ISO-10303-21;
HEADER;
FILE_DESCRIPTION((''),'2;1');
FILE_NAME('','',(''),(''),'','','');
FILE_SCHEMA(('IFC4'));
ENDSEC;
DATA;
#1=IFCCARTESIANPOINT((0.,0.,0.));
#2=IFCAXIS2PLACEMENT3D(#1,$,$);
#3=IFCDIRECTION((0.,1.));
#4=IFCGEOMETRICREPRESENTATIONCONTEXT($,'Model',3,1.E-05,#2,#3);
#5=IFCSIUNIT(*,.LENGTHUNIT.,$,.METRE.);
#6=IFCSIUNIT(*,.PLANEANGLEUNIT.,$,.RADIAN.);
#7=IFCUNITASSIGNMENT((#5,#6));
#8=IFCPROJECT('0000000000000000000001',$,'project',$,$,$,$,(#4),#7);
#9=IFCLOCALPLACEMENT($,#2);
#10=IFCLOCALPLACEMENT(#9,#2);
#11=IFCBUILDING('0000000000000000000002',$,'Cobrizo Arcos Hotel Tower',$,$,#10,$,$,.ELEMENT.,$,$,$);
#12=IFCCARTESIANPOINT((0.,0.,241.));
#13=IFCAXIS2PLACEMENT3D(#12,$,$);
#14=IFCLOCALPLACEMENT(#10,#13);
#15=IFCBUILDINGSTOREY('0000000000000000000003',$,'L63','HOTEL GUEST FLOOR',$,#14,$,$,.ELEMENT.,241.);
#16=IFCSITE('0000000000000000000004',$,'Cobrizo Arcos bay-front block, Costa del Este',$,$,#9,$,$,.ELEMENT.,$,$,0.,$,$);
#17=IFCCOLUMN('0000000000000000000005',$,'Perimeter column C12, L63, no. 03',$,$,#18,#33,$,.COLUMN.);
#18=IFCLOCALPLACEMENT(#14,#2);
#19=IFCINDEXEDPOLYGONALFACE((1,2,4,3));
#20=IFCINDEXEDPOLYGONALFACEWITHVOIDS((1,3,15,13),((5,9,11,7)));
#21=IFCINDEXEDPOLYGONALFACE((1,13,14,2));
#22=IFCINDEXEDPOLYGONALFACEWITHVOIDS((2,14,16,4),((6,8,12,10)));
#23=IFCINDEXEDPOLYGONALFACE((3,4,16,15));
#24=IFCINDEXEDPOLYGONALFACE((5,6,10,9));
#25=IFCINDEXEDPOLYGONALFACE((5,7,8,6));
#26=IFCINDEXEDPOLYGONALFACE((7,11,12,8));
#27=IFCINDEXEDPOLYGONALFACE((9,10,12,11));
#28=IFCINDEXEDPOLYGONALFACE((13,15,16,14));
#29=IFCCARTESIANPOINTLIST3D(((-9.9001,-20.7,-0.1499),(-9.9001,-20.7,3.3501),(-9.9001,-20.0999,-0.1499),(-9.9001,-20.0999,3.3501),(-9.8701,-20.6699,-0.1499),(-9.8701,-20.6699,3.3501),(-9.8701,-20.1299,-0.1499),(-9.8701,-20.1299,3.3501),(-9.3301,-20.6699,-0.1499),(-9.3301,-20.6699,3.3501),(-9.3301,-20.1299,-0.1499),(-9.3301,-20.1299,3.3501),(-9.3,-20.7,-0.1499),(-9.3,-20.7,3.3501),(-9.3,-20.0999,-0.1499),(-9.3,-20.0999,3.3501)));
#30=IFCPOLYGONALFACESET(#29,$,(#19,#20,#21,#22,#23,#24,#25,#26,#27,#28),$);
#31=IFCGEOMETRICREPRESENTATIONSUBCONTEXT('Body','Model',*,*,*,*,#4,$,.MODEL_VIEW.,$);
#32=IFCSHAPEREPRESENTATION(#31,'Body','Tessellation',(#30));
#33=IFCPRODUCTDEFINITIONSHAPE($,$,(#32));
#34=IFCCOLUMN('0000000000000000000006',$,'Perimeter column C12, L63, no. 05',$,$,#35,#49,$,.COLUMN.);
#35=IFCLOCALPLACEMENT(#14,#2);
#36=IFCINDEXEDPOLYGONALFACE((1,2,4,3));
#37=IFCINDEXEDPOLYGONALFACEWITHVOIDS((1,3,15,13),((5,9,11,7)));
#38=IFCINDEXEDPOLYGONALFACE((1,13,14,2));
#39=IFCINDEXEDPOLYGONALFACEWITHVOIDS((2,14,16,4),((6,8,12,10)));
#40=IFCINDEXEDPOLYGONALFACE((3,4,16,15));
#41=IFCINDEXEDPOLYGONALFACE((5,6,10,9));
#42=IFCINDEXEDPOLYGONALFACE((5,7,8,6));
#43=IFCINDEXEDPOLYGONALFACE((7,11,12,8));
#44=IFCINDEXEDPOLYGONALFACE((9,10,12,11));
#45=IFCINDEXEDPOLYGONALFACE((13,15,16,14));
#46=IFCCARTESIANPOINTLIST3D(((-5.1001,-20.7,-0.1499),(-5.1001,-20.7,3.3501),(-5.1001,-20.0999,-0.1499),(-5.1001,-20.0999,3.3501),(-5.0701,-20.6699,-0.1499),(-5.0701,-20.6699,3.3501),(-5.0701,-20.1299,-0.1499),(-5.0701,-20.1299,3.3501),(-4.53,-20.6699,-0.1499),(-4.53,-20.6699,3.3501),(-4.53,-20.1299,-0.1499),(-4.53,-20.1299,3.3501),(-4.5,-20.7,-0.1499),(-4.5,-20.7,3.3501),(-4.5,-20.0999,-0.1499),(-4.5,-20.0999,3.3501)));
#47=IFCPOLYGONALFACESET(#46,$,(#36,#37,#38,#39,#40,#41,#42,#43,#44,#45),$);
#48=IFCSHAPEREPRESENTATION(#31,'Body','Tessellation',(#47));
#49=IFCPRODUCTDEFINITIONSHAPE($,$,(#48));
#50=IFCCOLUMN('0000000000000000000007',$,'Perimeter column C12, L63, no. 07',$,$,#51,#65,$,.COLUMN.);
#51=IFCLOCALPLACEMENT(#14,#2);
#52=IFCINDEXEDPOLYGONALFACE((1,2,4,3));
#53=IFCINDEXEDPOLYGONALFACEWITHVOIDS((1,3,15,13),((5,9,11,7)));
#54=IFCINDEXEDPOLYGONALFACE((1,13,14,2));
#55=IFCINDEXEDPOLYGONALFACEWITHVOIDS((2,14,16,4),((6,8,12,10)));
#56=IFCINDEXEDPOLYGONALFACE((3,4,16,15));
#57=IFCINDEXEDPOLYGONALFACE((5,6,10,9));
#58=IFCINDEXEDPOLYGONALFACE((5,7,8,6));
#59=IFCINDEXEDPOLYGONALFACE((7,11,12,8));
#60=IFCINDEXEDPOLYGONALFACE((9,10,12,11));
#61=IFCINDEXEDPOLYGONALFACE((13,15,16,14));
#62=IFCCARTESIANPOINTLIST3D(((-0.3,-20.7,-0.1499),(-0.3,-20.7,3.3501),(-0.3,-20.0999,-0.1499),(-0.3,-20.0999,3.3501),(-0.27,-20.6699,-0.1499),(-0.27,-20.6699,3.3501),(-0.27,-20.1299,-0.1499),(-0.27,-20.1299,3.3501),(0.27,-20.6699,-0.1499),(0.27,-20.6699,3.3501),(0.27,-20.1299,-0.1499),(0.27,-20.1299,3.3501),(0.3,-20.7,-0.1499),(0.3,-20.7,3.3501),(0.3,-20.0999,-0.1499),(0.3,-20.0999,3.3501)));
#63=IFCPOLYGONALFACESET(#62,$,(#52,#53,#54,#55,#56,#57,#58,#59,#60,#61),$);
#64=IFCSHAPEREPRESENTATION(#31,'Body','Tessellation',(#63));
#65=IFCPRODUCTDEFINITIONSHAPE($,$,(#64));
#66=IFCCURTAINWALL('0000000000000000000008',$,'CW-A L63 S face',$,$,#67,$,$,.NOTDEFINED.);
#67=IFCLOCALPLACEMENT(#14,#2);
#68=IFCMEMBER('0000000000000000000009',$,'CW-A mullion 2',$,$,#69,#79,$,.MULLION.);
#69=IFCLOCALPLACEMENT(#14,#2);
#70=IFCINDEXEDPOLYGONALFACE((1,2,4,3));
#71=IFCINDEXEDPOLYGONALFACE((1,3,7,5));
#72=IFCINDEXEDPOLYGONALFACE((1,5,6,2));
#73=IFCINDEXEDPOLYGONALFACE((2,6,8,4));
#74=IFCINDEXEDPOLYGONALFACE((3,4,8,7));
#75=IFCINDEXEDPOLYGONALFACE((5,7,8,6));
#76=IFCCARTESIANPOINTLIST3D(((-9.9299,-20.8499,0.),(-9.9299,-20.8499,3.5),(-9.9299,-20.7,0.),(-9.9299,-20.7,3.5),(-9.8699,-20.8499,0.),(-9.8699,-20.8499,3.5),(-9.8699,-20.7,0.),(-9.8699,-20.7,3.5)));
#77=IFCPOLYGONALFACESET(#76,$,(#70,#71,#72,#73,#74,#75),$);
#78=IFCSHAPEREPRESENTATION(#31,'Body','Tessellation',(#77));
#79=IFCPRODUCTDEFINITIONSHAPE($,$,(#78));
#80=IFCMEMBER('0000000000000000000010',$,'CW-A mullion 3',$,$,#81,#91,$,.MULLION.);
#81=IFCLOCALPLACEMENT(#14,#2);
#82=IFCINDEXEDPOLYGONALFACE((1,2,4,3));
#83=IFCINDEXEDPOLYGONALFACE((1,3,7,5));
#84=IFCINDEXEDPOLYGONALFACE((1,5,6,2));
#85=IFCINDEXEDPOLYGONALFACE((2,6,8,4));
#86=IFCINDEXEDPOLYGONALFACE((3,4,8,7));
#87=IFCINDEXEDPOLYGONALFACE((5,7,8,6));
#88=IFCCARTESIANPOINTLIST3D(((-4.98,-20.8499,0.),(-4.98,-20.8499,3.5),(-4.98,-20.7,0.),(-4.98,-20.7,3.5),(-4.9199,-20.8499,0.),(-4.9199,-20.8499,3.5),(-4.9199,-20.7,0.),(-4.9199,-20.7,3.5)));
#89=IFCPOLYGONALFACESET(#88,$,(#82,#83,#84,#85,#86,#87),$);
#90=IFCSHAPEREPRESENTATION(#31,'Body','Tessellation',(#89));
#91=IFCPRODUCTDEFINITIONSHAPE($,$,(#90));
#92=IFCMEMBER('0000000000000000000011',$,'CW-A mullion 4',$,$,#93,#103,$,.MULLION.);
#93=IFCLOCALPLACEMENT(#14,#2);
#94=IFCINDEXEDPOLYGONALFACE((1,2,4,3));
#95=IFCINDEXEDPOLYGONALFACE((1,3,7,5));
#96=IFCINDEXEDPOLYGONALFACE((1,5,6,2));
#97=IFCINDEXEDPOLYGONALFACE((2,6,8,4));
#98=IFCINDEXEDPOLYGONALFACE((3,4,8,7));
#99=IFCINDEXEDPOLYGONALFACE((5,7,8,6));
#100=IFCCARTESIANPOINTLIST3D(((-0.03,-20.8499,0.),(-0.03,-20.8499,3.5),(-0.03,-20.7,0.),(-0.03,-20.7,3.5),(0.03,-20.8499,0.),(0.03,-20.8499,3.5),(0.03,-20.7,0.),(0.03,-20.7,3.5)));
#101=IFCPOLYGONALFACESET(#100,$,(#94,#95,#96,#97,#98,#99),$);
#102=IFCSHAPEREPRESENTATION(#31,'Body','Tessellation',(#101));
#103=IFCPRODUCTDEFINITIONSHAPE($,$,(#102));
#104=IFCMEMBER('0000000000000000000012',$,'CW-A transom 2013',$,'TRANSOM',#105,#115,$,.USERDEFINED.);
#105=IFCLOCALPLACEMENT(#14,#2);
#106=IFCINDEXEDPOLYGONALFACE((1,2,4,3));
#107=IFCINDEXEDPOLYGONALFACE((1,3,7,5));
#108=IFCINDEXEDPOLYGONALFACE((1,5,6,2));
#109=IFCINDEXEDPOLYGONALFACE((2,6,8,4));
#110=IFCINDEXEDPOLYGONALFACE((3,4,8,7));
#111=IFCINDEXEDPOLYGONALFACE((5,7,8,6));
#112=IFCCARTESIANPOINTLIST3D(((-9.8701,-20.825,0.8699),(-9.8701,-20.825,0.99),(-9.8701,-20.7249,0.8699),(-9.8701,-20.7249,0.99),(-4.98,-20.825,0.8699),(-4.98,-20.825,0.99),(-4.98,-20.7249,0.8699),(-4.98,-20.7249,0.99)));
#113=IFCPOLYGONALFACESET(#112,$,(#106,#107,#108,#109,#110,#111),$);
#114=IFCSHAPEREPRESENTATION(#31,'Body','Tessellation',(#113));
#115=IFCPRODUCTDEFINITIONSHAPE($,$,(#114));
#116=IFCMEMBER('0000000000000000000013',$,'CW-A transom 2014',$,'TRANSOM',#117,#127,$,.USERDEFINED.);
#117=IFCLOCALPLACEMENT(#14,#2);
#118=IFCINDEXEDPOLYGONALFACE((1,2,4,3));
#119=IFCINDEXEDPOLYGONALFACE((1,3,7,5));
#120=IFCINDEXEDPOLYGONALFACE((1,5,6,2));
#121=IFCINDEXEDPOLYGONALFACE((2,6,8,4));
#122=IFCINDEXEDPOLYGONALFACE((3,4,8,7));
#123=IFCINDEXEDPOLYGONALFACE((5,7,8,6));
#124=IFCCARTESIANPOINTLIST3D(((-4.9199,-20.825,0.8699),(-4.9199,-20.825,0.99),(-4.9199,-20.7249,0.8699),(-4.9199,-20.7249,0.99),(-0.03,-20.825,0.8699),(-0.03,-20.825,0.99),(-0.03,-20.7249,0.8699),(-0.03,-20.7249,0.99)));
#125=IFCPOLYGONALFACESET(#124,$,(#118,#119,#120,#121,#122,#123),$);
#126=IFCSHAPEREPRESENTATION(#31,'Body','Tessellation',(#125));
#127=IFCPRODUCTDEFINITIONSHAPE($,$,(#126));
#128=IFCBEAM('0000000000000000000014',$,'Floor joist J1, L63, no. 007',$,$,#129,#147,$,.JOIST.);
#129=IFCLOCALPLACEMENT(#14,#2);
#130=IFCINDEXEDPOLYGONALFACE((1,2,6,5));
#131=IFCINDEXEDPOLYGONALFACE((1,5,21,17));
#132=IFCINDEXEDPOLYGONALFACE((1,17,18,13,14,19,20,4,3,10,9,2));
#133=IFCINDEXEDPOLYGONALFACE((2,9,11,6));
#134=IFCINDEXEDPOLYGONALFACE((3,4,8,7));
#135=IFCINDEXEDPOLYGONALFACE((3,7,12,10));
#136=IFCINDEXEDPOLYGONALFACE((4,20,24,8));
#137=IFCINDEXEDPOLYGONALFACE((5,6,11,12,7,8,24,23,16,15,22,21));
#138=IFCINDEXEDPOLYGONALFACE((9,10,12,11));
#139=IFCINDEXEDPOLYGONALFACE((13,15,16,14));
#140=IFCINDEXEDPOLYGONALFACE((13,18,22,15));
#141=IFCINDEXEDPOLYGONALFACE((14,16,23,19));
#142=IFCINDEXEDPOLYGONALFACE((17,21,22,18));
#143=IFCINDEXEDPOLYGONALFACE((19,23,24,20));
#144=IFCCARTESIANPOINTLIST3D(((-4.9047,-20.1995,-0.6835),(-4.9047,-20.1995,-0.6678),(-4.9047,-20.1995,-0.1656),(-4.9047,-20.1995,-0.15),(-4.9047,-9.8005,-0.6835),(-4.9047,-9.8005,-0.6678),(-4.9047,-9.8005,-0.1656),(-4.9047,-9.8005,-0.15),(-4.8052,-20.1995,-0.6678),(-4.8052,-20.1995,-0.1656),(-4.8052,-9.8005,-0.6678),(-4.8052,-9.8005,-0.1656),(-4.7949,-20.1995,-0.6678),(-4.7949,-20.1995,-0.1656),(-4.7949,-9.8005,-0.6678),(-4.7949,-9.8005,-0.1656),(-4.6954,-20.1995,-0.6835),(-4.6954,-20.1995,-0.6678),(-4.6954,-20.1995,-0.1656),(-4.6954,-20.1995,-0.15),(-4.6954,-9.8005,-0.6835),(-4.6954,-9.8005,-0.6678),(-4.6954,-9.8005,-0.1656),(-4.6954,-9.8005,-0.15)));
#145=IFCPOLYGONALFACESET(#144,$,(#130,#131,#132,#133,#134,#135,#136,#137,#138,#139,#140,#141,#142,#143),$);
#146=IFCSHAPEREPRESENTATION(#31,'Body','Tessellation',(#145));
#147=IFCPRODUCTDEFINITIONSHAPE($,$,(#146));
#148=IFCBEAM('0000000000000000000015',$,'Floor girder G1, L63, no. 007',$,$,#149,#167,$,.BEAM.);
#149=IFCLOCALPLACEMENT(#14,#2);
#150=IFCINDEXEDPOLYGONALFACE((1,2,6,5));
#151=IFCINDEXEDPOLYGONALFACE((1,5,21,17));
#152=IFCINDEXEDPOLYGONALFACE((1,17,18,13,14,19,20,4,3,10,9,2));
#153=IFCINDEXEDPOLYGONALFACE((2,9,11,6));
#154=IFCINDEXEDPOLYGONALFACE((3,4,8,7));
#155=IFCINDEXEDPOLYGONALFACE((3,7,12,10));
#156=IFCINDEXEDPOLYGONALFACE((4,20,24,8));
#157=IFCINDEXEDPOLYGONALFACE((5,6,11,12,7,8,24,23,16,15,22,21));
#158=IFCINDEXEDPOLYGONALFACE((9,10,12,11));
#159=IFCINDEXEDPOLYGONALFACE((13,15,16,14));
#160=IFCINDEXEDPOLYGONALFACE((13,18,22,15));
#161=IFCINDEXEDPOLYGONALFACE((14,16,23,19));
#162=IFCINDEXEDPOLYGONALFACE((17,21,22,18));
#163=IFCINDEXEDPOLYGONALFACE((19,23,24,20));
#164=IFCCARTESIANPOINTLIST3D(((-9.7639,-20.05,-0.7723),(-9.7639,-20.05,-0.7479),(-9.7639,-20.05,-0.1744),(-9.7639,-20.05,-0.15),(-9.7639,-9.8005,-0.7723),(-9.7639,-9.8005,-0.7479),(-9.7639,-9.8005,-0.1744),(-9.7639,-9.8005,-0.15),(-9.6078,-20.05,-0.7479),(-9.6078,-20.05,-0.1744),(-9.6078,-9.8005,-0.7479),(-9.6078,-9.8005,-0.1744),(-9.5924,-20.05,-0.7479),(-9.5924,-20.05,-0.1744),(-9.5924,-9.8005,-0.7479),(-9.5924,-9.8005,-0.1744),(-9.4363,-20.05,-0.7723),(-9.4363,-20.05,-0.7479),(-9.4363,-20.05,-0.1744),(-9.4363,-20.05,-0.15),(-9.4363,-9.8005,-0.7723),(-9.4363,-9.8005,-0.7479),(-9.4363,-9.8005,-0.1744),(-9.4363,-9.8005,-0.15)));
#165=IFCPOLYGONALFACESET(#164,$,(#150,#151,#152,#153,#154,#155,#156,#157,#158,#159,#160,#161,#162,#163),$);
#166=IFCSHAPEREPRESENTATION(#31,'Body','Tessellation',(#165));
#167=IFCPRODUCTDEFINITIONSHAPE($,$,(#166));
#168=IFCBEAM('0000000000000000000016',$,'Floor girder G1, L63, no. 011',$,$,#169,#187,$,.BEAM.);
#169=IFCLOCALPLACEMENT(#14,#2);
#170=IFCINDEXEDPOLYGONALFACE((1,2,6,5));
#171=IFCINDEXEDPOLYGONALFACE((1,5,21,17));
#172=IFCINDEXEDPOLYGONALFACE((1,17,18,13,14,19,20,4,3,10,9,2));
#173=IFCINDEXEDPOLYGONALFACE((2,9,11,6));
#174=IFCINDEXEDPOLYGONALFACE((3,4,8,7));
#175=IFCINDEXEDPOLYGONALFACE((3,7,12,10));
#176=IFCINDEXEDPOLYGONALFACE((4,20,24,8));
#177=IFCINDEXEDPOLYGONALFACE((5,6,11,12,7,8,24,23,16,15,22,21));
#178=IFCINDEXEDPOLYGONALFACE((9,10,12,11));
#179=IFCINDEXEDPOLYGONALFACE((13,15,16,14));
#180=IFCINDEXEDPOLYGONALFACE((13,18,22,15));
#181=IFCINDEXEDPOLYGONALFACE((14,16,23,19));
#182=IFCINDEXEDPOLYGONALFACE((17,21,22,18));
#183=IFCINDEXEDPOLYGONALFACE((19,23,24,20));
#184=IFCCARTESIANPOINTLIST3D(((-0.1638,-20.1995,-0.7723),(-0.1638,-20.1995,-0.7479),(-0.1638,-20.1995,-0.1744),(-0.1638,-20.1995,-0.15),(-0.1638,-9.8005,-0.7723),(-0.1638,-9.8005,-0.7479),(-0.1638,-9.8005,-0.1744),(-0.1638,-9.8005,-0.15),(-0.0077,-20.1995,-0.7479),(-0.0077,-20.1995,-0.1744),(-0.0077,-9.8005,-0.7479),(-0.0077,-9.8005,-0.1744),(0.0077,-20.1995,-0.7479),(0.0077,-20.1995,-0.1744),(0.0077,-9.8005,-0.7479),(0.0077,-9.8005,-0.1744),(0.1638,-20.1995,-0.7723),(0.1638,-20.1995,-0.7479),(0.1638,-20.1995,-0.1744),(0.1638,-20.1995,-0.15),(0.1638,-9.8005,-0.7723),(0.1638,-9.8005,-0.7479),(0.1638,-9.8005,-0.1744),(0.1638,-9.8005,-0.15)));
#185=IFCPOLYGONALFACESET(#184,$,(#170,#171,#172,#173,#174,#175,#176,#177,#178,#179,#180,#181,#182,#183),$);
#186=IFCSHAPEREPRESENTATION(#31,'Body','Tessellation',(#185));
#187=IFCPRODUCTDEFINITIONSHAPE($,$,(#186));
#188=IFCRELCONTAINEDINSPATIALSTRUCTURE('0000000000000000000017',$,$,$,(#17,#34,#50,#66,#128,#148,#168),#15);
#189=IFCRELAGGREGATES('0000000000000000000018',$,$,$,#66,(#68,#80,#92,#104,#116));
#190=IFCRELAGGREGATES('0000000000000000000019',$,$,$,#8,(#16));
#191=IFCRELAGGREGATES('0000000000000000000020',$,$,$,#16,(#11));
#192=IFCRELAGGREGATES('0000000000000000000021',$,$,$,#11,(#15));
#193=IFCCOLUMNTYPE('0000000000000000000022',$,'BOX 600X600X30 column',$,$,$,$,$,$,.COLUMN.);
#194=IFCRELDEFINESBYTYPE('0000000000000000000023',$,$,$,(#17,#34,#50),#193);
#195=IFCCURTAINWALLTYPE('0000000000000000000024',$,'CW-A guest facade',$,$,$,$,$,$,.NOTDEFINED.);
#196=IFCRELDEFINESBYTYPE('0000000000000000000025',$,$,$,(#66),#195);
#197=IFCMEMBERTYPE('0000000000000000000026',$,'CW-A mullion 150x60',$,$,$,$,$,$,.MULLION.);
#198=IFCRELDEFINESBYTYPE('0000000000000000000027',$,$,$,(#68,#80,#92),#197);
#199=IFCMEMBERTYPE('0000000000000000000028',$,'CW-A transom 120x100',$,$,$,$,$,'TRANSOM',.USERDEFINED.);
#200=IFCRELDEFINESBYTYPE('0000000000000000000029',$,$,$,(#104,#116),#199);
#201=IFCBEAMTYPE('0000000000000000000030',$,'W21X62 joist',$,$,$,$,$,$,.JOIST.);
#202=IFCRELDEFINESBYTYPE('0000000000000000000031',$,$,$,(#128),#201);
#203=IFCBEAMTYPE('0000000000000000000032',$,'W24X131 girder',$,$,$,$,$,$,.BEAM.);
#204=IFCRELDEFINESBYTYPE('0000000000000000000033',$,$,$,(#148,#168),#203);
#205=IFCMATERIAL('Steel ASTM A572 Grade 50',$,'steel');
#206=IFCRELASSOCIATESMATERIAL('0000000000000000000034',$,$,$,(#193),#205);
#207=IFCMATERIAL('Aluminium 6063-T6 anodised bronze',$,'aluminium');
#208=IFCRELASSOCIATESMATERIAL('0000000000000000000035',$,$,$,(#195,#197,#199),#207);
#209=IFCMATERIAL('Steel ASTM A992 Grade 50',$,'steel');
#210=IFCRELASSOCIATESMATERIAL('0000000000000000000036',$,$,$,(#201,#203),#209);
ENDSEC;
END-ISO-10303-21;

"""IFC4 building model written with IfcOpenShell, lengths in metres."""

from ifc_helpers import new_model, si_unit, direction, frame, origin, origin_2d, place, context, subcontext, project, spatial, rectangle, hollow_rectangle, i_section, extrude, material, material_profile, profile_set, type_object, element, aggregate, save


model = new_model("IFC4")

# Units and contexts
model_context = context("Model", 3, precision=1e-05, world=origin(), true_north=direction((0.0, 1.0)))
body_context = subcontext(model_context, "Body", "Model", "MODEL_VIEW")
ifc_project = project(units=[si_unit("LENGTHUNIT", "METRE"), si_unit("PLANEANGLEUNIT", "RADIAN")], contexts=[model_context])

# Site, building, storey
site_placement = place(None, origin())
site = spatial("IfcSite", under=ifc_project, at=site_placement, Name="Cobrizo Arcos bay-front block, Costa del Este", CompositionType="ELEMENT", RefElevation=0.0)
building_placement = place(site_placement, origin())
building = spatial("IfcBuilding", under=site, at=building_placement, Name="Cobrizo Arcos Hotel Tower", CompositionType="ELEMENT")
storey_placement = place(building_placement, frame((0.0, 0.0, 241.0)))
storey = spatial("IfcBuildingStorey", under=building, at=storey_placement, Name="L63", Description="HOTEL GUEST FLOOR", CompositionType="ELEMENT", Elevation=241.0)

# Columns
ifc_material_1 = material(Name="Steel ASTM A572 Grade 50", Category="steel")
ifc_material_profile_1 = material_profile(ifc_material_1, hollow_rectangle(XDim=0.6001, YDim=0.6001, WallThickness=0.03, at=origin_2d()), Name="BOX 600X600X30")
ifc_profile_set_1 = profile_set([ifc_material_profile_1], Name="Steel ASTM A572 Grade 50")
column_type = type_object("IfcColumnType", Name="BOX 600X600X30 column", PredefinedType="COLUMN", material=ifc_profile_set_1)
for number, where, z_axis, x_axis, name in (
    (1, (-9.6001, -20.3999, -0.1499), (0.0, 0.0, 1.0), (1.0, 0.0, 0.0), "Perimeter column C12, L63, no. 03"),
    (2, (-4.8, -20.3999, -0.1499), (0.0, 0.0, 1.0), (1.0, 0.0, 0.0), "Perimeter column C12, L63, no. 05"),
    (3, (0.0, -20.3999, -0.1499), (0.0, 0.0, 1.0), (1.0, 0.0, 0.0), "Perimeter column C12, L63, no. 07"),
):
    element("IfcColumn", number, at=place(storey_placement, frame(where, z_axis=z_axis, x_axis=x_axis)), inside=storey, type_object=column_type, Name=name, PredefinedType="COLUMN", context=body_context, shape_type="SweptSolid", body=[
        extrude(hollow_rectangle(XDim=0.6001, YDim=0.6001, WallThickness=0.03, at=origin_2d()), origin(), (0.0, 0.0, 1.0), 3.5),
    ])

# Curtain wall, members
ifc_material_2 = material(Name="Aluminium 6063-T6 anodised bronze", Category="aluminium")
curtain_wall_type = type_object("IfcCurtainWallType", Name="CW-A guest facade", PredefinedType="NOTDEFINED", material=ifc_material_2)
curtain_wall_placement = place(storey_placement, origin())
curtain_wall = element("IfcCurtainWall", 4, at=curtain_wall_placement, inside=storey, type_object=curtain_wall_type, Name="CW-A L63 S face", PredefinedType="NOTDEFINED")
ifc_material_profile_2 = material_profile(ifc_material_2, rectangle(XDim=0.1499, YDim=0.0601, at=origin_2d()), Name="CW-A mullion 150x60")
ifc_profile_set_2 = profile_set([ifc_material_profile_2], Name="Aluminium 6063-T6 anodised bronze")
member_type_1 = type_object("IfcMemberType", Name="CW-A mullion 150x60", PredefinedType="MULLION", material=ifc_profile_set_2)
member_1_placement = place(storey_placement, frame((-9.8999, -20.7749, 0.0), z_axis=(0.0, 0.0, 1.0), x_axis=(0.0, -1.0, 0.0)))
member_1 = element("IfcMember", 5, at=member_1_placement, type_object=member_type_1, Name="CW-A mullion 2", PredefinedType="MULLION", context=body_context, shape_type="SweptSolid", body=[
    extrude(rectangle(XDim=0.1499, YDim=0.0601, at=origin_2d()), origin(), (0.0, 0.0, 1.0), 3.5),
])
member_2_placement = place(storey_placement, frame((-4.95, -20.7749, 0.0), z_axis=(0.0, 0.0, 1.0), x_axis=(0.0, -1.0, 0.0)))
member_2 = element("IfcMember", 6, at=member_2_placement, type_object=member_type_1, Name="CW-A mullion 3", PredefinedType="MULLION", context=body_context, shape_type="SweptSolid", body=[
    extrude(rectangle(XDim=0.1499, YDim=0.0601, at=origin_2d()), origin(), (0.0, 0.0, 1.0), 3.5),
])
member_3_placement = place(storey_placement, frame((0.0, -20.7749, 0.0), z_axis=(0.0, 0.0, 1.0), x_axis=(0.0, -1.0, 0.0)))
member_3 = element("IfcMember", 7, at=member_3_placement, type_object=member_type_1, Name="CW-A mullion 4", PredefinedType="MULLION", context=body_context, shape_type="SweptSolid", body=[
    extrude(rectangle(XDim=0.1499, YDim=0.0601, at=origin_2d()), origin(), (0.0, 0.0, 1.0), 3.5),
])
ifc_material_profile_3 = material_profile(ifc_material_2, rectangle(XDim=0.1001, YDim=0.1201, at=origin_2d()), Name="CW-A transom 120x100")
ifc_profile_set_3 = profile_set([ifc_material_profile_3], Name="Aluminium 6063-T6 anodised bronze")
member_type_2 = type_object("IfcMemberType", Name="CW-A transom 120x100", ElementType="TRANSOM", PredefinedType="USERDEFINED", material=ifc_profile_set_3)
member_4_placement = place(storey_placement, frame((-9.8701, -20.7749, 0.9299), z_axis=(1.0, 0.0, 0.0), x_axis=(0.0, 1.0, 0.0)))
member_4 = element("IfcMember", 8, at=member_4_placement, type_object=member_type_2, Name="CW-A transom 2013", ObjectType="TRANSOM", PredefinedType="USERDEFINED", context=body_context, shape_type="SweptSolid", body=[
    extrude(rectangle(XDim=0.1001, YDim=0.1201, at=origin_2d()), origin(), (0.0, 0.0, 1.0), 4.8901),
])
member_5_placement = place(storey_placement, frame((-4.9199, -20.7749, 0.9299), z_axis=(1.0, 0.0, 0.0), x_axis=(0.0, 1.0, 0.0)))
member_5 = element("IfcMember", 9, at=member_5_placement, type_object=member_type_2, Name="CW-A transom 2014", ObjectType="TRANSOM", PredefinedType="USERDEFINED", context=body_context, shape_type="SweptSolid", body=[
    extrude(rectangle(XDim=0.1001, YDim=0.1201, at=origin_2d()), origin(), (0.0, 0.0, 1.0), 4.8899),
])

# Beams
ifc_material_3 = material(Name="Steel ASTM A992 Grade 50", Category="steel")
ifc_material_profile_4 = material_profile(ifc_material_3, i_section(OverallWidth=0.2092, OverallDepth=0.5334, WebThickness=0.0103, FlangeThickness=0.0156, at=origin_2d()), Name="W21X62")
ifc_profile_set_4 = profile_set([ifc_material_profile_4], Name="Steel ASTM A992 Grade 50")
beam_type_1 = type_object("IfcBeamType", Name="W21X62 joist", PredefinedType="JOIST", material=ifc_profile_set_4)
beam_1_placement = place(storey_placement, frame((-4.8, -20.1995, -0.4167), z_axis=(0.0, 1.0, 0.0), x_axis=(-1.0, 0.0, 0.0)))
element("IfcBeam", 10, at=beam_1_placement, inside=storey, type_object=beam_type_1, Name="Floor joist J1, L63, no. 007", PredefinedType="JOIST", context=body_context, shape_type="SweptSolid", body=[
    extrude(i_section(OverallWidth=0.2092, OverallDepth=0.5334, WebThickness=0.0103, FlangeThickness=0.0156, at=origin_2d()), origin(), (0.0, 0.0, 1.0), 10.3989),
])
ifc_material_profile_5 = material_profile(ifc_material_3, i_section(OverallWidth=0.3276, OverallDepth=0.6223, WebThickness=0.0154, FlangeThickness=0.0244, at=origin_2d()), Name="W24X131")
ifc_profile_set_5 = profile_set([ifc_material_profile_5], Name="Steel ASTM A992 Grade 50")
beam_type_2 = type_object("IfcBeamType", Name="W24X131 girder", PredefinedType="BEAM", material=ifc_profile_set_5)
beam_2_placement = place(storey_placement, frame((-9.6001, -20.05, -0.4612), z_axis=(0.0, 1.0, 0.0), x_axis=(-1.0, 0.0, 0.0)))
element("IfcBeam", 11, at=beam_2_placement, inside=storey, type_object=beam_type_2, Name="Floor girder G1, L63, no. 007", PredefinedType="BEAM", context=body_context, shape_type="SweptSolid", body=[
    extrude(i_section(OverallWidth=0.3276, OverallDepth=0.6223, WebThickness=0.0154, FlangeThickness=0.0244, at=origin_2d()), origin(), (0.0, 0.0, 1.0), 10.2495),
])
beam_3_placement = place(storey_placement, frame((0.0, -20.1995, -0.4612), z_axis=(0.0, 1.0, 0.0), x_axis=(-1.0, 0.0, 0.0)))
element("IfcBeam", 12, at=beam_3_placement, inside=storey, type_object=beam_type_2, Name="Floor girder G1, L63, no. 011", PredefinedType="BEAM", context=body_context, shape_type="SweptSolid", body=[
    extrude(i_section(OverallWidth=0.3276, OverallDepth=0.6223, WebThickness=0.0154, FlangeThickness=0.0244, at=origin_2d()), origin(), (0.0, 0.0, 1.0), 10.3989),
])

aggregate(curtain_wall, [member_1, member_2, member_3, member_4, member_5])

save(model, "model.ifc")
